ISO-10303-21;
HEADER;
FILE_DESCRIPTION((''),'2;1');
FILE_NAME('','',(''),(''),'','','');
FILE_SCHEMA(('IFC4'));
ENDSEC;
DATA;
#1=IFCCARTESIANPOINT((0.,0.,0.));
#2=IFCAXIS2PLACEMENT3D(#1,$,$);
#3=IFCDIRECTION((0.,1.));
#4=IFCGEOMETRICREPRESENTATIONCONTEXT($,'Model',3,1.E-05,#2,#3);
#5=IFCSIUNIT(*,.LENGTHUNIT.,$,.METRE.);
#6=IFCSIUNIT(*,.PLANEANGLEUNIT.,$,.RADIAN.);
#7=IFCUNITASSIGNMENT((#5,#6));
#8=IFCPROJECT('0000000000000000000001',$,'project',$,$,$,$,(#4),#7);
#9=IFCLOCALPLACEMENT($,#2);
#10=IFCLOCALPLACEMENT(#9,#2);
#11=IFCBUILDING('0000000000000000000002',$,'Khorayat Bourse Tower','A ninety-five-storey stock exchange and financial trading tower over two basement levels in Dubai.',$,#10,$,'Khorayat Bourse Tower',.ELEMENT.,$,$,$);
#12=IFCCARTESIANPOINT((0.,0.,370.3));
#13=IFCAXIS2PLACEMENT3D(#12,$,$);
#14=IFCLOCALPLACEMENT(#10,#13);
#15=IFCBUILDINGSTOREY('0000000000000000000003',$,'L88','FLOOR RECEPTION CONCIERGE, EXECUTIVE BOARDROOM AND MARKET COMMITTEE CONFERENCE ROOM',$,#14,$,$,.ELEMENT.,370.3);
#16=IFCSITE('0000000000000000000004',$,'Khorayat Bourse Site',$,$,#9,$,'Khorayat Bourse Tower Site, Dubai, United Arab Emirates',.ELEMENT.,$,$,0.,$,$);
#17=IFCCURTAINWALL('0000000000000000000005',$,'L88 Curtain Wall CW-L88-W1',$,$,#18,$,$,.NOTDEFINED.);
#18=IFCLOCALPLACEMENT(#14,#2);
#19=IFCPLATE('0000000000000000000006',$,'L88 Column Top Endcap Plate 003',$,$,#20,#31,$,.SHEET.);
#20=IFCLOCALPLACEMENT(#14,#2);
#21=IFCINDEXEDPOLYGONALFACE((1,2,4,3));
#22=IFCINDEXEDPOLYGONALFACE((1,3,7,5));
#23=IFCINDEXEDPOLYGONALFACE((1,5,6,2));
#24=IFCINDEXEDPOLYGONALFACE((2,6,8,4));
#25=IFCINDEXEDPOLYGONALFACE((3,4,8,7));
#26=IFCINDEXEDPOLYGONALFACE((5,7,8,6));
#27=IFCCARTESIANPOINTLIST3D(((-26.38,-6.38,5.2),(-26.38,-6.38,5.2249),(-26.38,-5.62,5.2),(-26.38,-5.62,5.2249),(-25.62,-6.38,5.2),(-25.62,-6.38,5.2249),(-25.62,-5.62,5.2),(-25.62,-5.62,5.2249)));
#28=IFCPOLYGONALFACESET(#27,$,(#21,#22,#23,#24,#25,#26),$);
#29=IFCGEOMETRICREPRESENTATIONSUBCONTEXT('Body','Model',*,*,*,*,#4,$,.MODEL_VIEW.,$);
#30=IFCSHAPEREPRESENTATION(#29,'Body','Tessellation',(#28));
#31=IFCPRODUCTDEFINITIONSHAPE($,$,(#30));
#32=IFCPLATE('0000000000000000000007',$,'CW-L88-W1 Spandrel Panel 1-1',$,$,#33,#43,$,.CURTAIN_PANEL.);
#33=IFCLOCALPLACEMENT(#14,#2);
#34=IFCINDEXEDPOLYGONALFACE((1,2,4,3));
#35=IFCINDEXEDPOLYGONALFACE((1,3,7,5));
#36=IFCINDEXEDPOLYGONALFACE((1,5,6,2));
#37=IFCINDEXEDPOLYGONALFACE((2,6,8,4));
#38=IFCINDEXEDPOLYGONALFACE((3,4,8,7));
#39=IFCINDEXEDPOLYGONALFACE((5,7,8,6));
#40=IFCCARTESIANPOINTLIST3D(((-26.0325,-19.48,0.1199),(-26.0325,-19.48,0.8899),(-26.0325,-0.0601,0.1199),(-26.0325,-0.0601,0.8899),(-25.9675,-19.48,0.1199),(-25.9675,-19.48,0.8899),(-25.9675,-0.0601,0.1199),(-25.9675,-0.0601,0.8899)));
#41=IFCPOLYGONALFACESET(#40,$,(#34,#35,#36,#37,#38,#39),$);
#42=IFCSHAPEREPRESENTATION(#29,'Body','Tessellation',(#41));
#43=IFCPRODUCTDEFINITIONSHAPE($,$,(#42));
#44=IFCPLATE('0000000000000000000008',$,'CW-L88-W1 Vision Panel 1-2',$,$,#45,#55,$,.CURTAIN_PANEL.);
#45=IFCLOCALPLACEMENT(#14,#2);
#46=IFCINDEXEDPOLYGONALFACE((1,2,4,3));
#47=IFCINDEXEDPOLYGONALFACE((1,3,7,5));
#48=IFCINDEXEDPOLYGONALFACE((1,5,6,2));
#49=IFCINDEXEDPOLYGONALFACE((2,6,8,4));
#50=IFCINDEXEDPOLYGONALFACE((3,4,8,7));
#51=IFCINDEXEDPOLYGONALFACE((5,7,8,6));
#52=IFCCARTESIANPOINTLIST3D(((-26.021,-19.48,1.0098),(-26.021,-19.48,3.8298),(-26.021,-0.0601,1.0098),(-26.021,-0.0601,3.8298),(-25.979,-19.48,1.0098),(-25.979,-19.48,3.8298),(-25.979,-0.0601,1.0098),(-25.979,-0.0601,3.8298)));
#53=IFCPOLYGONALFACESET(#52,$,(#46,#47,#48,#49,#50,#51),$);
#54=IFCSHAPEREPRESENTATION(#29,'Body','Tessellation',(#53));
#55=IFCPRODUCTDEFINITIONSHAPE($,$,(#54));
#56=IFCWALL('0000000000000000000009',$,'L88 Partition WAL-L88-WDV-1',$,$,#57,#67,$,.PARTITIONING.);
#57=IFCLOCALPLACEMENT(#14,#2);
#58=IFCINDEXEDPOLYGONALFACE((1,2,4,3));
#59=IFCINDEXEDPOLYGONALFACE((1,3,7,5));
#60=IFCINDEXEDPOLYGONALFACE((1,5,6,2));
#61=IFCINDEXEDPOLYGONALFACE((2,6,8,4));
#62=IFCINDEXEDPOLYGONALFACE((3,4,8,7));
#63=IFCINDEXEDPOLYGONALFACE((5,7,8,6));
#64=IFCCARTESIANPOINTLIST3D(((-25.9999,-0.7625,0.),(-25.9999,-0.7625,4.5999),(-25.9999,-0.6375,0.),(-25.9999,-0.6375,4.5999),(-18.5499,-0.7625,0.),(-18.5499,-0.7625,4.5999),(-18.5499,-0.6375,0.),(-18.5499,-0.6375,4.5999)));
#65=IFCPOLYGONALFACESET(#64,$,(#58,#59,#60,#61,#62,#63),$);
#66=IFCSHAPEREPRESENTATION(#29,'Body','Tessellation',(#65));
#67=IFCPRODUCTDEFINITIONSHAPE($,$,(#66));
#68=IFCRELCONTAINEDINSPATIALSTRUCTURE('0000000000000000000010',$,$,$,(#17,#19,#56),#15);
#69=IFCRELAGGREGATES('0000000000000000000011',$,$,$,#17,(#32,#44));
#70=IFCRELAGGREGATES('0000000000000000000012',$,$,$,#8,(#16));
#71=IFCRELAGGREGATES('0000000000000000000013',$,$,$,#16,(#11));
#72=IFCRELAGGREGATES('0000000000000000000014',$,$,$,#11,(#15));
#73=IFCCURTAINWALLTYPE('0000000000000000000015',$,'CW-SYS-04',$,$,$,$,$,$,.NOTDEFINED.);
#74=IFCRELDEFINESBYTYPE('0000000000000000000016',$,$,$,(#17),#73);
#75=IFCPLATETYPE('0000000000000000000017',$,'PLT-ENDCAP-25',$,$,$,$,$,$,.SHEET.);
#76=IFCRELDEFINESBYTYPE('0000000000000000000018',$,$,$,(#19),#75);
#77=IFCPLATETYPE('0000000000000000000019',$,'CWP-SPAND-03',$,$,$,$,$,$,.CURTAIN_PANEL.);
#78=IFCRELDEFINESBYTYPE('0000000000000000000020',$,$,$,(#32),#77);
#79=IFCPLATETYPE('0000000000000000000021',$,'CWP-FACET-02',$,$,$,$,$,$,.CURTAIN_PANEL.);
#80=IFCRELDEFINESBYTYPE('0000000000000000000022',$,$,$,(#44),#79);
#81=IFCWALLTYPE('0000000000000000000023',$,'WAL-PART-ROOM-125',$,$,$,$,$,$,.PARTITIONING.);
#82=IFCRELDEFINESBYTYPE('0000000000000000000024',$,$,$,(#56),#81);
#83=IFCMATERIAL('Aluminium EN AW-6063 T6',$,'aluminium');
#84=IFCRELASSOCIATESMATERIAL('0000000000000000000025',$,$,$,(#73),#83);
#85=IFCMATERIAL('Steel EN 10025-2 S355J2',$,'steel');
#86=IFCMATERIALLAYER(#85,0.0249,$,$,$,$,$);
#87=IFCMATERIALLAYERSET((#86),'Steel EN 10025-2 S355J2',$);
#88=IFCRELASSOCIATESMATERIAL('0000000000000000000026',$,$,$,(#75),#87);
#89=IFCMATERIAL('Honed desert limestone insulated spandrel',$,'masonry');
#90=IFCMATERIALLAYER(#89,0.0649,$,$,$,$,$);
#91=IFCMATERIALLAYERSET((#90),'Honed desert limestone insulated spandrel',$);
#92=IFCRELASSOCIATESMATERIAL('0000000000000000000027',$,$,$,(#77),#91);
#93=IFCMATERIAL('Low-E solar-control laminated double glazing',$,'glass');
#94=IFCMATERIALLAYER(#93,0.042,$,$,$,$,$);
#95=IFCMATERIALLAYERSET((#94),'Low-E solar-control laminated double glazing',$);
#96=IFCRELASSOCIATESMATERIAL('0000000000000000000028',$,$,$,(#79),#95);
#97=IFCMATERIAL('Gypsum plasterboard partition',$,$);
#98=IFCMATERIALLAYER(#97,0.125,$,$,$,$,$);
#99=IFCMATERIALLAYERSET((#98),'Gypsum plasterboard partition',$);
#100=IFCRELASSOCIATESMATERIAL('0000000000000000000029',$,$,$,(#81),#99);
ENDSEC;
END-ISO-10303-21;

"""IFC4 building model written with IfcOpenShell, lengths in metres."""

from ifc_helpers import new_model, si_unit, direction, frame, frame_2d, origin, origin_2d, place, context, subcontext, project, spatial, rectangle, extrude, source, transform, mapped, material, layer, layer_set, type_object, element, aggregate, save


model = new_model("IFC4")

# Units and contexts
model_context = context("Model", 3, precision=1e-05, world=origin(), true_north=direction((0.0, 1.0)))
body_context = subcontext(model_context, "Body", "Model", "MODEL_VIEW")
ifc_project = project(units=[si_unit("LENGTHUNIT", "METRE"), si_unit("PLANEANGLEUNIT", "RADIAN")], contexts=[model_context])

# Site, building, storey
site_placement = place(None, origin())
site = spatial("IfcSite", under=ifc_project, at=site_placement, Name="Khorayat Bourse Site", LongName="Khorayat Bourse Tower Site, Dubai, United Arab Emirates", CompositionType="ELEMENT", RefElevation=0.0)
building_placement = place(site_placement, origin())
building = spatial("IfcBuilding", under=site, at=building_placement, Name="Khorayat Bourse Tower", Description="A ninety-five-storey stock exchange and financial trading tower over two basement levels in Dubai.", LongName="Khorayat Bourse Tower", CompositionType="ELEMENT")
storey_placement = place(building_placement, frame((0.0, 0.0, 370.3)))
storey = spatial("IfcBuildingStorey", under=building, at=storey_placement, Name="L88", Description="FLOOR RECEPTION CONCIERGE, EXECUTIVE BOARDROOM AND MARKET COMMITTEE CONFERENCE ROOM", CompositionType="ELEMENT", Elevation=370.3)

# Shared definitions
ifc_material_1 = material(Name="Steel EN 10025-2 S355J2", Category="steel")

# Curtain wall
ifc_material_2 = material(Name="Aluminium EN AW-6063 T6", Category="aluminium")
curtain_wall_type = type_object("IfcCurtainWallType", Name="CW-SYS-04", PredefinedType="NOTDEFINED", material=ifc_material_2)
curtain_wall_placement = place(storey_placement, origin())
curtain_wall = element("IfcCurtainWall", 1, at=curtain_wall_placement, inside=storey, type_object=curtain_wall_type, Name="L88 Curtain Wall CW-L88-W1", PredefinedType="NOTDEFINED")

# Plate
ifc_layer_1 = layer(ifc_material_1, 0.0249)
ifc_layer_set_1 = layer_set([ifc_layer_1], Name="Steel EN 10025-2 S355J2")
plate_type_1 = type_object("IfcPlateType", Name="PLT-ENDCAP-25", PredefinedType="SHEET", material=ifc_layer_set_1)
shared_shape_1 = source(origin(), body_context, "Body", "SweptSolid", [
    extrude(rectangle(XDim=0.76, YDim=0.76, at=origin_2d()), origin(), (0.0, 0.0, 1.0), 0.0249),
])
plate_1_placement = place(storey_placement, frame((-26.0, -6.0, 5.2), z_axis=(0.0, 0.0, 1.0), x_axis=(1.0, 0.0, 0.0)))
element("IfcPlate", 2, at=plate_1_placement, inside=storey, type_object=plate_type_1, Name="L88 Column Top Endcap Plate 003", PredefinedType="SHEET", context=body_context, shape_type="MappedRepresentation", body=[
    mapped(shared_shape_1, transform((0.0, 0.0, 0.0), scale=1.0)),
])

# Plates
ifc_material_3 = material(Name="Honed desert limestone insulated spandrel", Category="masonry")
ifc_layer_2 = layer(ifc_material_3, 0.0649)
ifc_layer_set_2 = layer_set([ifc_layer_2], Name="Honed desert limestone insulated spandrel")
plate_type_2 = type_object("IfcPlateType", Name="CWP-SPAND-03", PredefinedType="CURTAIN_PANEL", material=ifc_layer_set_2)
shared_shape_2 = source(origin(), body_context, "Body", "SweptSolid", [
    extrude(rectangle(XDim=19.4199, YDim=0.0649, at=origin_2d()), origin(), (0.0, 0.0, 1.0), 0.77),
])
plate_2_placement = place(storey_placement, frame((-26.0, -9.77, 0.1199), z_axis=(0.0, 0.0, 1.0), x_axis=(0.0, 1.0, 0.0)))
plate_2 = element("IfcPlate", 3, at=plate_2_placement, type_object=plate_type_2, Name="CW-L88-W1 Spandrel Panel 1-1", PredefinedType="CURTAIN_PANEL", context=body_context, shape_type="MappedRepresentation", body=[
    mapped(shared_shape_2, transform((0.0, 0.0, 0.0), scale=1.0)),
])
ifc_material_4 = material(Name="Low-E solar-control laminated double glazing", Category="glass")
ifc_layer_3 = layer(ifc_material_4, 0.042)
ifc_layer_set_3 = layer_set([ifc_layer_3], Name="Low-E solar-control laminated double glazing")
plate_type_3 = type_object("IfcPlateType", Name="CWP-FACET-02", PredefinedType="CURTAIN_PANEL", material=ifc_layer_set_3)
shared_shape_3 = source(origin(), body_context, "Body", "SweptSolid", [
    extrude(rectangle(XDim=19.4199, YDim=0.042, at=origin_2d()), origin(), (0.0, 0.0, 1.0), 2.8201),
])
plate_3_placement = place(storey_placement, frame((-26.0, -9.77, 1.0098), z_axis=(0.0, 0.0, 1.0), x_axis=(0.0, 1.0, 0.0)))
plate_3 = element("IfcPlate", 4, at=plate_3_placement, type_object=plate_type_3, Name="CW-L88-W1 Vision Panel 1-2", PredefinedType="CURTAIN_PANEL", context=body_context, shape_type="MappedRepresentation", body=[
    mapped(shared_shape_3, transform((0.0, 0.0, 0.0), scale=1.0)),
])
aggregate(curtain_wall, [plate_2, plate_3])

# Wall
ifc_material_5 = material(Name="Gypsum plasterboard partition")
ifc_layer_4 = layer(ifc_material_5, 0.125)
ifc_layer_set_4 = layer_set([ifc_layer_4], Name="Gypsum plasterboard partition")
wall_type = type_object("IfcWallType", Name="WAL-PART-ROOM-125", PredefinedType="PARTITIONING", material=ifc_layer_set_4)
shared_shape_4 = source(origin(), body_context, "Body", "SweptSolid", [
    extrude(rectangle(XDim=7.45, YDim=0.125, at=frame_2d((3.7251, 0.0))), origin(), (0.0, 0.0, 1.0), 4.5999),
])
wall_placement = place(storey_placement, frame((-26.0, -0.7, 0.0), z_axis=(0.0, 0.0, 1.0), x_axis=(1.0, 0.0, 0.0)))
element("IfcWall", 5, at=wall_placement, inside=storey, type_object=wall_type, Name="L88 Partition WAL-L88-WDV-1", PredefinedType="PARTITIONING", context=body_context, shape_type="MappedRepresentation", body=[
    mapped(shared_shape_4, transform((0.0, 0.0, 0.0), scale=1.0)),
])

save(model, "model.ifc")
